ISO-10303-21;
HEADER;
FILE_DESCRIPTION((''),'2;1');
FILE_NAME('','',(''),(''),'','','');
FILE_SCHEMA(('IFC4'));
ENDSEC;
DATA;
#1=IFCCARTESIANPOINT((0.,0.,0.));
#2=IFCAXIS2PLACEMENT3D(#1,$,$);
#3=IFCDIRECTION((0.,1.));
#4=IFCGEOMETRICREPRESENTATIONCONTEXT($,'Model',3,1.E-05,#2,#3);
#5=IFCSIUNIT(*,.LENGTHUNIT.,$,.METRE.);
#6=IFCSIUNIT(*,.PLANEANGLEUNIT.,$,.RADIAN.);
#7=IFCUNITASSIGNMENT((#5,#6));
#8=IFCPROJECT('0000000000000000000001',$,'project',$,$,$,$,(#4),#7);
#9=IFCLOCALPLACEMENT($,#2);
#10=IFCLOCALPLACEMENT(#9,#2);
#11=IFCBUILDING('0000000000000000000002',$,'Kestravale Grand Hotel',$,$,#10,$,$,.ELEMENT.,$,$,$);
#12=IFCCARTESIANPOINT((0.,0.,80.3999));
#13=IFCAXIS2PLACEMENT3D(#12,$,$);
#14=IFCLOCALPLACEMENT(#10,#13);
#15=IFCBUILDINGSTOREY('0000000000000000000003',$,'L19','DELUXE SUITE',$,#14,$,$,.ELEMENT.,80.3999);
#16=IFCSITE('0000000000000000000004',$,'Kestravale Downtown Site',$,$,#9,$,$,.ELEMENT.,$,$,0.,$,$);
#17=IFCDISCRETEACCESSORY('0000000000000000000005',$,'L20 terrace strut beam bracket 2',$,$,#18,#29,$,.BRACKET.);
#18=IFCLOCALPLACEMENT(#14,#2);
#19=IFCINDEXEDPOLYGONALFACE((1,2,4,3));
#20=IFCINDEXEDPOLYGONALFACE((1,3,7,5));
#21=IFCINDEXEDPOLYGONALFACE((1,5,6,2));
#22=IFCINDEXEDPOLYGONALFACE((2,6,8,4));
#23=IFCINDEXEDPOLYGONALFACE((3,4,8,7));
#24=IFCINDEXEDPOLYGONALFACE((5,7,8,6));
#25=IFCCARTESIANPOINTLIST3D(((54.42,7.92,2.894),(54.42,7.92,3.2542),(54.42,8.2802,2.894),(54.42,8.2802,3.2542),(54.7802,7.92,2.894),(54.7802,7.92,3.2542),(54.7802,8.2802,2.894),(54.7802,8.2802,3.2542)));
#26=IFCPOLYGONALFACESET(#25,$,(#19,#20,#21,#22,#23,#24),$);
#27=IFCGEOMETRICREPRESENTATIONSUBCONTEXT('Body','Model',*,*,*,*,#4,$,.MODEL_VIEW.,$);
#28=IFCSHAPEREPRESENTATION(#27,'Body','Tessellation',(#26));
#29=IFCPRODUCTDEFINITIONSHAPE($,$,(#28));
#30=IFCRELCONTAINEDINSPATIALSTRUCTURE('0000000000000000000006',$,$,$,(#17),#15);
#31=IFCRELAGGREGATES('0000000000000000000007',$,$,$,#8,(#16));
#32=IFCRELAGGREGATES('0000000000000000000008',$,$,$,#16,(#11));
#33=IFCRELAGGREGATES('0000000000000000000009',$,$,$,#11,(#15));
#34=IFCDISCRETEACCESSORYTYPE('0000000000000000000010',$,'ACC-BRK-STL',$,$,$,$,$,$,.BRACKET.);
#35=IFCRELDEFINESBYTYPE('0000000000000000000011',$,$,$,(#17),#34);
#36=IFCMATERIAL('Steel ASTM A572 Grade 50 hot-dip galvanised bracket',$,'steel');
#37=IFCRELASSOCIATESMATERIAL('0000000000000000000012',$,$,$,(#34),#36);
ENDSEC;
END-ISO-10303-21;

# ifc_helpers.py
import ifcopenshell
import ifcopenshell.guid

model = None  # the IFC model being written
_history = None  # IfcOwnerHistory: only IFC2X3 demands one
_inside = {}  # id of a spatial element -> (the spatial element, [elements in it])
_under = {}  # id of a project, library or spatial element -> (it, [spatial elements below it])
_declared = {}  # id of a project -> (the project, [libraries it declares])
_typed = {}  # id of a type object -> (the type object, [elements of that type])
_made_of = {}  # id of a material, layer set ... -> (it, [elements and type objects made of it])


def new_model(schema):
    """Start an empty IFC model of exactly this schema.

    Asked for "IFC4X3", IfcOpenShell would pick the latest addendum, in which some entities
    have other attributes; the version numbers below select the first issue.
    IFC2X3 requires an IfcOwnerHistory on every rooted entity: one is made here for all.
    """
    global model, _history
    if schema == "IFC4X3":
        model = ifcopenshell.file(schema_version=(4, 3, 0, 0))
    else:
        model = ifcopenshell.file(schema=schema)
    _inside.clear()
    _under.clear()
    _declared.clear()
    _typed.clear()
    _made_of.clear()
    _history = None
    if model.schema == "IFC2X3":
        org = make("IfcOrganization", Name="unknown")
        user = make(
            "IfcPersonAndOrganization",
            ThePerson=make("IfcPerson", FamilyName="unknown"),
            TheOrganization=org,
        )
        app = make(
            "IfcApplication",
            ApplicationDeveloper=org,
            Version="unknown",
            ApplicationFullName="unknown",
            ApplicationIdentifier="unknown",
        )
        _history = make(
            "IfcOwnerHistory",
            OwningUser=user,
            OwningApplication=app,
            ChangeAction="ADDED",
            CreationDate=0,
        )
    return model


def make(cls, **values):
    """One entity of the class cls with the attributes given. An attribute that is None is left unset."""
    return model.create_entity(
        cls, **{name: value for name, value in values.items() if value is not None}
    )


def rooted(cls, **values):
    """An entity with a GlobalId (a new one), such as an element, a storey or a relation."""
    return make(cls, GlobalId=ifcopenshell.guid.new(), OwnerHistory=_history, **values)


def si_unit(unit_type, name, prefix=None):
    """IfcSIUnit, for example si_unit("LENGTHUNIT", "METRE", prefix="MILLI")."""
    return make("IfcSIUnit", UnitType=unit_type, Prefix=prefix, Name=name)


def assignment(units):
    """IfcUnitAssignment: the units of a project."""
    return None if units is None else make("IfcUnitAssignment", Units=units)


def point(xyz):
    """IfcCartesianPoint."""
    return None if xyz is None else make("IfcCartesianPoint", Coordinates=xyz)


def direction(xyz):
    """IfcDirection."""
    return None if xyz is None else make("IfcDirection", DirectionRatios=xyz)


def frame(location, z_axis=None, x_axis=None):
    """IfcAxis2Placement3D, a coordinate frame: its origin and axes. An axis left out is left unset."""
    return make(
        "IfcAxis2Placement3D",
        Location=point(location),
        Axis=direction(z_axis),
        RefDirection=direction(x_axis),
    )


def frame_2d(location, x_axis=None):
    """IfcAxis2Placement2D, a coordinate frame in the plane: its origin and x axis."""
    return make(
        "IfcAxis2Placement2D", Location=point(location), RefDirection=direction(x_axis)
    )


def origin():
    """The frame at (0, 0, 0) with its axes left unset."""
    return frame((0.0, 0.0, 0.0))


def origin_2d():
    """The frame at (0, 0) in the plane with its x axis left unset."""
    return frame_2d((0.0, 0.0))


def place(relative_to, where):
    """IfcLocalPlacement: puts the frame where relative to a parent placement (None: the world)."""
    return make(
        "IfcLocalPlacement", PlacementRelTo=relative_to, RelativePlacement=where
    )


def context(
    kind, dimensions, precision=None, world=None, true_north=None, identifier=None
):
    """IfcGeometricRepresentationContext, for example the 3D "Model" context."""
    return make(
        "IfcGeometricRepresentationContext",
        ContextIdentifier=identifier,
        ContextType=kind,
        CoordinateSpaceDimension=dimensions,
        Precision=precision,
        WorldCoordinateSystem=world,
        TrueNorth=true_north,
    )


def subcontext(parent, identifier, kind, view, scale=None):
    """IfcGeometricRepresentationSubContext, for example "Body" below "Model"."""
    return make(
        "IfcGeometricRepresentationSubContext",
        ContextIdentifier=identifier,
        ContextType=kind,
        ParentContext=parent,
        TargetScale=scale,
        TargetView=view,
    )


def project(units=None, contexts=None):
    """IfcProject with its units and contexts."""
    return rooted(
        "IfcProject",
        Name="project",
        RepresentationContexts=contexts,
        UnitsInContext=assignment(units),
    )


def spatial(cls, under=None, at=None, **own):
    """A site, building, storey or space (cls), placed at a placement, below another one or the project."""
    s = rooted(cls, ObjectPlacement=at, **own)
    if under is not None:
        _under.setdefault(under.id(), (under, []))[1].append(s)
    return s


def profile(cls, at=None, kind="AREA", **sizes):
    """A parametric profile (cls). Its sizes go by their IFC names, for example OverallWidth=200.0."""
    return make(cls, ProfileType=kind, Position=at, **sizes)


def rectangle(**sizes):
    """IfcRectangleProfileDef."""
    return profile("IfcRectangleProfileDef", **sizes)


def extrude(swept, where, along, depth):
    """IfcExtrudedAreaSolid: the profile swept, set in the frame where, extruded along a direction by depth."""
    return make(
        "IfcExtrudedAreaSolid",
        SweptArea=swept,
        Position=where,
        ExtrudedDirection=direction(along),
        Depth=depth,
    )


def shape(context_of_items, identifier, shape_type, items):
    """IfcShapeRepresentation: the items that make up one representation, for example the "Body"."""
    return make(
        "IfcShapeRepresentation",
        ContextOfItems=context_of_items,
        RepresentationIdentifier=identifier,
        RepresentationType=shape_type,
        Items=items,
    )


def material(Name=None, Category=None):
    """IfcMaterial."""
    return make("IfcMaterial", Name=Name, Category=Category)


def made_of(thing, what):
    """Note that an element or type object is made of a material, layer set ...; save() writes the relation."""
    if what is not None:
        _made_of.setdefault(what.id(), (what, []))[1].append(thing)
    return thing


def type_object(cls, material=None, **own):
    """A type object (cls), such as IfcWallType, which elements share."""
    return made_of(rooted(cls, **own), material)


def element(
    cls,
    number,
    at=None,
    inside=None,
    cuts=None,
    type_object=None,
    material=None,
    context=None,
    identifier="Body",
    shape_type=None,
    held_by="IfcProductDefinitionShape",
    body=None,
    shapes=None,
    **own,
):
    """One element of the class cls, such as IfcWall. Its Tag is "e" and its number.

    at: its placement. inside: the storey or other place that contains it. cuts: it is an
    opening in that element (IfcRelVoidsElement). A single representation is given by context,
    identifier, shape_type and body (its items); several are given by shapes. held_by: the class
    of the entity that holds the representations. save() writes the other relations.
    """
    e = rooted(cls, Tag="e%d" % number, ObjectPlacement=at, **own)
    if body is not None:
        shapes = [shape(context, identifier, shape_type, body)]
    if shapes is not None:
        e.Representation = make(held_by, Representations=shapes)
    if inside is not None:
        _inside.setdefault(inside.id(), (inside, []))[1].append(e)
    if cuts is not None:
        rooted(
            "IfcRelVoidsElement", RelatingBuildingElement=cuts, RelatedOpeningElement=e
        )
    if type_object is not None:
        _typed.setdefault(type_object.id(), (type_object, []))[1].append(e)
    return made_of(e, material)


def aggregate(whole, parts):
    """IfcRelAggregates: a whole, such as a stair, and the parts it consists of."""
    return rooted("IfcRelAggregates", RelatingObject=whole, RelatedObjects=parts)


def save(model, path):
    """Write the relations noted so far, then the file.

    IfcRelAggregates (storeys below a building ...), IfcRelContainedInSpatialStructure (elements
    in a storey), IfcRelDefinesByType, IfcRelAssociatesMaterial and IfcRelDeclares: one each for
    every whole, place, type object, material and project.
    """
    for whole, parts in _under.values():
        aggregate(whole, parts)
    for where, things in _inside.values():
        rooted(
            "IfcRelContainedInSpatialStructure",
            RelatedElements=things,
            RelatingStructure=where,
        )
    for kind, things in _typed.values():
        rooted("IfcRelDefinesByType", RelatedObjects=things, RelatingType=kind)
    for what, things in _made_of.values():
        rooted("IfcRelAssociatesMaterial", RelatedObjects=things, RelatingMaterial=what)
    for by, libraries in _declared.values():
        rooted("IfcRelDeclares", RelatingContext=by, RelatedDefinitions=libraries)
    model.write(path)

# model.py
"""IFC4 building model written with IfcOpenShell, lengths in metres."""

from ifc_helpers import new_model, si_unit, direction, frame, origin, origin_2d, place, context, subcontext, project, spatial, rectangle, extrude, material, type_object, element, save


model = new_model("IFC4")

# Units and contexts
model_context = context("Model", 3, precision=1e-05, world=origin(), true_north=direction((0.0, 1.0)))
body_context = subcontext(model_context, "Body", "Model", "MODEL_VIEW")
ifc_project = project(units=[si_unit("LENGTHUNIT", "METRE"), si_unit("PLANEANGLEUNIT", "RADIAN")], contexts=[model_context])

# Site, building, storey
site_placement = place(None, origin())
site = spatial("IfcSite", under=ifc_project, at=site_placement, Name="Kestravale Downtown Site", CompositionType="ELEMENT", RefElevation=0.0)
building_placement = place(site_placement, origin())
building = spatial("IfcBuilding", under=site, at=building_placement, Name="Kestravale Grand Hotel", CompositionType="ELEMENT")
storey_placement = place(building_placement, frame((0.0, 0.0, 80.3999)))
storey = spatial("IfcBuildingStorey", under=building, at=storey_placement, Name="L19", Description="DELUXE SUITE", CompositionType="ELEMENT", Elevation=80.3999)

# Discrete accessory
ifc_material_1 = material(Name="Steel ASTM A572 Grade 50 hot-dip galvanised bracket", Category="steel")
discrete_accessory_type = type_object("IfcDiscreteAccessoryType", Name="ACC-BRK-STL", PredefinedType="BRACKET", material=ifc_material_1)
for number, where, z_axis, x_axis, name in (
    (1, (54.6001, 8.1001, 2.894), (0.0, 0.0, 1.0), (1.0, 0.0, 0.0), "L20 terrace strut beam bracket 2"),
):
    element("IfcDiscreteAccessory", number, at=place(storey_placement, frame(where, z_axis=z_axis, x_axis=x_axis)), inside=storey, type_object=discrete_accessory_type, Name=name, PredefinedType="BRACKET", context=body_context, shape_type="SweptSolid", body=[
        extrude(rectangle(XDim=0.3601, YDim=0.3601, at=origin_2d()), origin(), (0.0, 0.0, 1.0), 0.3601),
    ])

save(model, "model.ifc")
